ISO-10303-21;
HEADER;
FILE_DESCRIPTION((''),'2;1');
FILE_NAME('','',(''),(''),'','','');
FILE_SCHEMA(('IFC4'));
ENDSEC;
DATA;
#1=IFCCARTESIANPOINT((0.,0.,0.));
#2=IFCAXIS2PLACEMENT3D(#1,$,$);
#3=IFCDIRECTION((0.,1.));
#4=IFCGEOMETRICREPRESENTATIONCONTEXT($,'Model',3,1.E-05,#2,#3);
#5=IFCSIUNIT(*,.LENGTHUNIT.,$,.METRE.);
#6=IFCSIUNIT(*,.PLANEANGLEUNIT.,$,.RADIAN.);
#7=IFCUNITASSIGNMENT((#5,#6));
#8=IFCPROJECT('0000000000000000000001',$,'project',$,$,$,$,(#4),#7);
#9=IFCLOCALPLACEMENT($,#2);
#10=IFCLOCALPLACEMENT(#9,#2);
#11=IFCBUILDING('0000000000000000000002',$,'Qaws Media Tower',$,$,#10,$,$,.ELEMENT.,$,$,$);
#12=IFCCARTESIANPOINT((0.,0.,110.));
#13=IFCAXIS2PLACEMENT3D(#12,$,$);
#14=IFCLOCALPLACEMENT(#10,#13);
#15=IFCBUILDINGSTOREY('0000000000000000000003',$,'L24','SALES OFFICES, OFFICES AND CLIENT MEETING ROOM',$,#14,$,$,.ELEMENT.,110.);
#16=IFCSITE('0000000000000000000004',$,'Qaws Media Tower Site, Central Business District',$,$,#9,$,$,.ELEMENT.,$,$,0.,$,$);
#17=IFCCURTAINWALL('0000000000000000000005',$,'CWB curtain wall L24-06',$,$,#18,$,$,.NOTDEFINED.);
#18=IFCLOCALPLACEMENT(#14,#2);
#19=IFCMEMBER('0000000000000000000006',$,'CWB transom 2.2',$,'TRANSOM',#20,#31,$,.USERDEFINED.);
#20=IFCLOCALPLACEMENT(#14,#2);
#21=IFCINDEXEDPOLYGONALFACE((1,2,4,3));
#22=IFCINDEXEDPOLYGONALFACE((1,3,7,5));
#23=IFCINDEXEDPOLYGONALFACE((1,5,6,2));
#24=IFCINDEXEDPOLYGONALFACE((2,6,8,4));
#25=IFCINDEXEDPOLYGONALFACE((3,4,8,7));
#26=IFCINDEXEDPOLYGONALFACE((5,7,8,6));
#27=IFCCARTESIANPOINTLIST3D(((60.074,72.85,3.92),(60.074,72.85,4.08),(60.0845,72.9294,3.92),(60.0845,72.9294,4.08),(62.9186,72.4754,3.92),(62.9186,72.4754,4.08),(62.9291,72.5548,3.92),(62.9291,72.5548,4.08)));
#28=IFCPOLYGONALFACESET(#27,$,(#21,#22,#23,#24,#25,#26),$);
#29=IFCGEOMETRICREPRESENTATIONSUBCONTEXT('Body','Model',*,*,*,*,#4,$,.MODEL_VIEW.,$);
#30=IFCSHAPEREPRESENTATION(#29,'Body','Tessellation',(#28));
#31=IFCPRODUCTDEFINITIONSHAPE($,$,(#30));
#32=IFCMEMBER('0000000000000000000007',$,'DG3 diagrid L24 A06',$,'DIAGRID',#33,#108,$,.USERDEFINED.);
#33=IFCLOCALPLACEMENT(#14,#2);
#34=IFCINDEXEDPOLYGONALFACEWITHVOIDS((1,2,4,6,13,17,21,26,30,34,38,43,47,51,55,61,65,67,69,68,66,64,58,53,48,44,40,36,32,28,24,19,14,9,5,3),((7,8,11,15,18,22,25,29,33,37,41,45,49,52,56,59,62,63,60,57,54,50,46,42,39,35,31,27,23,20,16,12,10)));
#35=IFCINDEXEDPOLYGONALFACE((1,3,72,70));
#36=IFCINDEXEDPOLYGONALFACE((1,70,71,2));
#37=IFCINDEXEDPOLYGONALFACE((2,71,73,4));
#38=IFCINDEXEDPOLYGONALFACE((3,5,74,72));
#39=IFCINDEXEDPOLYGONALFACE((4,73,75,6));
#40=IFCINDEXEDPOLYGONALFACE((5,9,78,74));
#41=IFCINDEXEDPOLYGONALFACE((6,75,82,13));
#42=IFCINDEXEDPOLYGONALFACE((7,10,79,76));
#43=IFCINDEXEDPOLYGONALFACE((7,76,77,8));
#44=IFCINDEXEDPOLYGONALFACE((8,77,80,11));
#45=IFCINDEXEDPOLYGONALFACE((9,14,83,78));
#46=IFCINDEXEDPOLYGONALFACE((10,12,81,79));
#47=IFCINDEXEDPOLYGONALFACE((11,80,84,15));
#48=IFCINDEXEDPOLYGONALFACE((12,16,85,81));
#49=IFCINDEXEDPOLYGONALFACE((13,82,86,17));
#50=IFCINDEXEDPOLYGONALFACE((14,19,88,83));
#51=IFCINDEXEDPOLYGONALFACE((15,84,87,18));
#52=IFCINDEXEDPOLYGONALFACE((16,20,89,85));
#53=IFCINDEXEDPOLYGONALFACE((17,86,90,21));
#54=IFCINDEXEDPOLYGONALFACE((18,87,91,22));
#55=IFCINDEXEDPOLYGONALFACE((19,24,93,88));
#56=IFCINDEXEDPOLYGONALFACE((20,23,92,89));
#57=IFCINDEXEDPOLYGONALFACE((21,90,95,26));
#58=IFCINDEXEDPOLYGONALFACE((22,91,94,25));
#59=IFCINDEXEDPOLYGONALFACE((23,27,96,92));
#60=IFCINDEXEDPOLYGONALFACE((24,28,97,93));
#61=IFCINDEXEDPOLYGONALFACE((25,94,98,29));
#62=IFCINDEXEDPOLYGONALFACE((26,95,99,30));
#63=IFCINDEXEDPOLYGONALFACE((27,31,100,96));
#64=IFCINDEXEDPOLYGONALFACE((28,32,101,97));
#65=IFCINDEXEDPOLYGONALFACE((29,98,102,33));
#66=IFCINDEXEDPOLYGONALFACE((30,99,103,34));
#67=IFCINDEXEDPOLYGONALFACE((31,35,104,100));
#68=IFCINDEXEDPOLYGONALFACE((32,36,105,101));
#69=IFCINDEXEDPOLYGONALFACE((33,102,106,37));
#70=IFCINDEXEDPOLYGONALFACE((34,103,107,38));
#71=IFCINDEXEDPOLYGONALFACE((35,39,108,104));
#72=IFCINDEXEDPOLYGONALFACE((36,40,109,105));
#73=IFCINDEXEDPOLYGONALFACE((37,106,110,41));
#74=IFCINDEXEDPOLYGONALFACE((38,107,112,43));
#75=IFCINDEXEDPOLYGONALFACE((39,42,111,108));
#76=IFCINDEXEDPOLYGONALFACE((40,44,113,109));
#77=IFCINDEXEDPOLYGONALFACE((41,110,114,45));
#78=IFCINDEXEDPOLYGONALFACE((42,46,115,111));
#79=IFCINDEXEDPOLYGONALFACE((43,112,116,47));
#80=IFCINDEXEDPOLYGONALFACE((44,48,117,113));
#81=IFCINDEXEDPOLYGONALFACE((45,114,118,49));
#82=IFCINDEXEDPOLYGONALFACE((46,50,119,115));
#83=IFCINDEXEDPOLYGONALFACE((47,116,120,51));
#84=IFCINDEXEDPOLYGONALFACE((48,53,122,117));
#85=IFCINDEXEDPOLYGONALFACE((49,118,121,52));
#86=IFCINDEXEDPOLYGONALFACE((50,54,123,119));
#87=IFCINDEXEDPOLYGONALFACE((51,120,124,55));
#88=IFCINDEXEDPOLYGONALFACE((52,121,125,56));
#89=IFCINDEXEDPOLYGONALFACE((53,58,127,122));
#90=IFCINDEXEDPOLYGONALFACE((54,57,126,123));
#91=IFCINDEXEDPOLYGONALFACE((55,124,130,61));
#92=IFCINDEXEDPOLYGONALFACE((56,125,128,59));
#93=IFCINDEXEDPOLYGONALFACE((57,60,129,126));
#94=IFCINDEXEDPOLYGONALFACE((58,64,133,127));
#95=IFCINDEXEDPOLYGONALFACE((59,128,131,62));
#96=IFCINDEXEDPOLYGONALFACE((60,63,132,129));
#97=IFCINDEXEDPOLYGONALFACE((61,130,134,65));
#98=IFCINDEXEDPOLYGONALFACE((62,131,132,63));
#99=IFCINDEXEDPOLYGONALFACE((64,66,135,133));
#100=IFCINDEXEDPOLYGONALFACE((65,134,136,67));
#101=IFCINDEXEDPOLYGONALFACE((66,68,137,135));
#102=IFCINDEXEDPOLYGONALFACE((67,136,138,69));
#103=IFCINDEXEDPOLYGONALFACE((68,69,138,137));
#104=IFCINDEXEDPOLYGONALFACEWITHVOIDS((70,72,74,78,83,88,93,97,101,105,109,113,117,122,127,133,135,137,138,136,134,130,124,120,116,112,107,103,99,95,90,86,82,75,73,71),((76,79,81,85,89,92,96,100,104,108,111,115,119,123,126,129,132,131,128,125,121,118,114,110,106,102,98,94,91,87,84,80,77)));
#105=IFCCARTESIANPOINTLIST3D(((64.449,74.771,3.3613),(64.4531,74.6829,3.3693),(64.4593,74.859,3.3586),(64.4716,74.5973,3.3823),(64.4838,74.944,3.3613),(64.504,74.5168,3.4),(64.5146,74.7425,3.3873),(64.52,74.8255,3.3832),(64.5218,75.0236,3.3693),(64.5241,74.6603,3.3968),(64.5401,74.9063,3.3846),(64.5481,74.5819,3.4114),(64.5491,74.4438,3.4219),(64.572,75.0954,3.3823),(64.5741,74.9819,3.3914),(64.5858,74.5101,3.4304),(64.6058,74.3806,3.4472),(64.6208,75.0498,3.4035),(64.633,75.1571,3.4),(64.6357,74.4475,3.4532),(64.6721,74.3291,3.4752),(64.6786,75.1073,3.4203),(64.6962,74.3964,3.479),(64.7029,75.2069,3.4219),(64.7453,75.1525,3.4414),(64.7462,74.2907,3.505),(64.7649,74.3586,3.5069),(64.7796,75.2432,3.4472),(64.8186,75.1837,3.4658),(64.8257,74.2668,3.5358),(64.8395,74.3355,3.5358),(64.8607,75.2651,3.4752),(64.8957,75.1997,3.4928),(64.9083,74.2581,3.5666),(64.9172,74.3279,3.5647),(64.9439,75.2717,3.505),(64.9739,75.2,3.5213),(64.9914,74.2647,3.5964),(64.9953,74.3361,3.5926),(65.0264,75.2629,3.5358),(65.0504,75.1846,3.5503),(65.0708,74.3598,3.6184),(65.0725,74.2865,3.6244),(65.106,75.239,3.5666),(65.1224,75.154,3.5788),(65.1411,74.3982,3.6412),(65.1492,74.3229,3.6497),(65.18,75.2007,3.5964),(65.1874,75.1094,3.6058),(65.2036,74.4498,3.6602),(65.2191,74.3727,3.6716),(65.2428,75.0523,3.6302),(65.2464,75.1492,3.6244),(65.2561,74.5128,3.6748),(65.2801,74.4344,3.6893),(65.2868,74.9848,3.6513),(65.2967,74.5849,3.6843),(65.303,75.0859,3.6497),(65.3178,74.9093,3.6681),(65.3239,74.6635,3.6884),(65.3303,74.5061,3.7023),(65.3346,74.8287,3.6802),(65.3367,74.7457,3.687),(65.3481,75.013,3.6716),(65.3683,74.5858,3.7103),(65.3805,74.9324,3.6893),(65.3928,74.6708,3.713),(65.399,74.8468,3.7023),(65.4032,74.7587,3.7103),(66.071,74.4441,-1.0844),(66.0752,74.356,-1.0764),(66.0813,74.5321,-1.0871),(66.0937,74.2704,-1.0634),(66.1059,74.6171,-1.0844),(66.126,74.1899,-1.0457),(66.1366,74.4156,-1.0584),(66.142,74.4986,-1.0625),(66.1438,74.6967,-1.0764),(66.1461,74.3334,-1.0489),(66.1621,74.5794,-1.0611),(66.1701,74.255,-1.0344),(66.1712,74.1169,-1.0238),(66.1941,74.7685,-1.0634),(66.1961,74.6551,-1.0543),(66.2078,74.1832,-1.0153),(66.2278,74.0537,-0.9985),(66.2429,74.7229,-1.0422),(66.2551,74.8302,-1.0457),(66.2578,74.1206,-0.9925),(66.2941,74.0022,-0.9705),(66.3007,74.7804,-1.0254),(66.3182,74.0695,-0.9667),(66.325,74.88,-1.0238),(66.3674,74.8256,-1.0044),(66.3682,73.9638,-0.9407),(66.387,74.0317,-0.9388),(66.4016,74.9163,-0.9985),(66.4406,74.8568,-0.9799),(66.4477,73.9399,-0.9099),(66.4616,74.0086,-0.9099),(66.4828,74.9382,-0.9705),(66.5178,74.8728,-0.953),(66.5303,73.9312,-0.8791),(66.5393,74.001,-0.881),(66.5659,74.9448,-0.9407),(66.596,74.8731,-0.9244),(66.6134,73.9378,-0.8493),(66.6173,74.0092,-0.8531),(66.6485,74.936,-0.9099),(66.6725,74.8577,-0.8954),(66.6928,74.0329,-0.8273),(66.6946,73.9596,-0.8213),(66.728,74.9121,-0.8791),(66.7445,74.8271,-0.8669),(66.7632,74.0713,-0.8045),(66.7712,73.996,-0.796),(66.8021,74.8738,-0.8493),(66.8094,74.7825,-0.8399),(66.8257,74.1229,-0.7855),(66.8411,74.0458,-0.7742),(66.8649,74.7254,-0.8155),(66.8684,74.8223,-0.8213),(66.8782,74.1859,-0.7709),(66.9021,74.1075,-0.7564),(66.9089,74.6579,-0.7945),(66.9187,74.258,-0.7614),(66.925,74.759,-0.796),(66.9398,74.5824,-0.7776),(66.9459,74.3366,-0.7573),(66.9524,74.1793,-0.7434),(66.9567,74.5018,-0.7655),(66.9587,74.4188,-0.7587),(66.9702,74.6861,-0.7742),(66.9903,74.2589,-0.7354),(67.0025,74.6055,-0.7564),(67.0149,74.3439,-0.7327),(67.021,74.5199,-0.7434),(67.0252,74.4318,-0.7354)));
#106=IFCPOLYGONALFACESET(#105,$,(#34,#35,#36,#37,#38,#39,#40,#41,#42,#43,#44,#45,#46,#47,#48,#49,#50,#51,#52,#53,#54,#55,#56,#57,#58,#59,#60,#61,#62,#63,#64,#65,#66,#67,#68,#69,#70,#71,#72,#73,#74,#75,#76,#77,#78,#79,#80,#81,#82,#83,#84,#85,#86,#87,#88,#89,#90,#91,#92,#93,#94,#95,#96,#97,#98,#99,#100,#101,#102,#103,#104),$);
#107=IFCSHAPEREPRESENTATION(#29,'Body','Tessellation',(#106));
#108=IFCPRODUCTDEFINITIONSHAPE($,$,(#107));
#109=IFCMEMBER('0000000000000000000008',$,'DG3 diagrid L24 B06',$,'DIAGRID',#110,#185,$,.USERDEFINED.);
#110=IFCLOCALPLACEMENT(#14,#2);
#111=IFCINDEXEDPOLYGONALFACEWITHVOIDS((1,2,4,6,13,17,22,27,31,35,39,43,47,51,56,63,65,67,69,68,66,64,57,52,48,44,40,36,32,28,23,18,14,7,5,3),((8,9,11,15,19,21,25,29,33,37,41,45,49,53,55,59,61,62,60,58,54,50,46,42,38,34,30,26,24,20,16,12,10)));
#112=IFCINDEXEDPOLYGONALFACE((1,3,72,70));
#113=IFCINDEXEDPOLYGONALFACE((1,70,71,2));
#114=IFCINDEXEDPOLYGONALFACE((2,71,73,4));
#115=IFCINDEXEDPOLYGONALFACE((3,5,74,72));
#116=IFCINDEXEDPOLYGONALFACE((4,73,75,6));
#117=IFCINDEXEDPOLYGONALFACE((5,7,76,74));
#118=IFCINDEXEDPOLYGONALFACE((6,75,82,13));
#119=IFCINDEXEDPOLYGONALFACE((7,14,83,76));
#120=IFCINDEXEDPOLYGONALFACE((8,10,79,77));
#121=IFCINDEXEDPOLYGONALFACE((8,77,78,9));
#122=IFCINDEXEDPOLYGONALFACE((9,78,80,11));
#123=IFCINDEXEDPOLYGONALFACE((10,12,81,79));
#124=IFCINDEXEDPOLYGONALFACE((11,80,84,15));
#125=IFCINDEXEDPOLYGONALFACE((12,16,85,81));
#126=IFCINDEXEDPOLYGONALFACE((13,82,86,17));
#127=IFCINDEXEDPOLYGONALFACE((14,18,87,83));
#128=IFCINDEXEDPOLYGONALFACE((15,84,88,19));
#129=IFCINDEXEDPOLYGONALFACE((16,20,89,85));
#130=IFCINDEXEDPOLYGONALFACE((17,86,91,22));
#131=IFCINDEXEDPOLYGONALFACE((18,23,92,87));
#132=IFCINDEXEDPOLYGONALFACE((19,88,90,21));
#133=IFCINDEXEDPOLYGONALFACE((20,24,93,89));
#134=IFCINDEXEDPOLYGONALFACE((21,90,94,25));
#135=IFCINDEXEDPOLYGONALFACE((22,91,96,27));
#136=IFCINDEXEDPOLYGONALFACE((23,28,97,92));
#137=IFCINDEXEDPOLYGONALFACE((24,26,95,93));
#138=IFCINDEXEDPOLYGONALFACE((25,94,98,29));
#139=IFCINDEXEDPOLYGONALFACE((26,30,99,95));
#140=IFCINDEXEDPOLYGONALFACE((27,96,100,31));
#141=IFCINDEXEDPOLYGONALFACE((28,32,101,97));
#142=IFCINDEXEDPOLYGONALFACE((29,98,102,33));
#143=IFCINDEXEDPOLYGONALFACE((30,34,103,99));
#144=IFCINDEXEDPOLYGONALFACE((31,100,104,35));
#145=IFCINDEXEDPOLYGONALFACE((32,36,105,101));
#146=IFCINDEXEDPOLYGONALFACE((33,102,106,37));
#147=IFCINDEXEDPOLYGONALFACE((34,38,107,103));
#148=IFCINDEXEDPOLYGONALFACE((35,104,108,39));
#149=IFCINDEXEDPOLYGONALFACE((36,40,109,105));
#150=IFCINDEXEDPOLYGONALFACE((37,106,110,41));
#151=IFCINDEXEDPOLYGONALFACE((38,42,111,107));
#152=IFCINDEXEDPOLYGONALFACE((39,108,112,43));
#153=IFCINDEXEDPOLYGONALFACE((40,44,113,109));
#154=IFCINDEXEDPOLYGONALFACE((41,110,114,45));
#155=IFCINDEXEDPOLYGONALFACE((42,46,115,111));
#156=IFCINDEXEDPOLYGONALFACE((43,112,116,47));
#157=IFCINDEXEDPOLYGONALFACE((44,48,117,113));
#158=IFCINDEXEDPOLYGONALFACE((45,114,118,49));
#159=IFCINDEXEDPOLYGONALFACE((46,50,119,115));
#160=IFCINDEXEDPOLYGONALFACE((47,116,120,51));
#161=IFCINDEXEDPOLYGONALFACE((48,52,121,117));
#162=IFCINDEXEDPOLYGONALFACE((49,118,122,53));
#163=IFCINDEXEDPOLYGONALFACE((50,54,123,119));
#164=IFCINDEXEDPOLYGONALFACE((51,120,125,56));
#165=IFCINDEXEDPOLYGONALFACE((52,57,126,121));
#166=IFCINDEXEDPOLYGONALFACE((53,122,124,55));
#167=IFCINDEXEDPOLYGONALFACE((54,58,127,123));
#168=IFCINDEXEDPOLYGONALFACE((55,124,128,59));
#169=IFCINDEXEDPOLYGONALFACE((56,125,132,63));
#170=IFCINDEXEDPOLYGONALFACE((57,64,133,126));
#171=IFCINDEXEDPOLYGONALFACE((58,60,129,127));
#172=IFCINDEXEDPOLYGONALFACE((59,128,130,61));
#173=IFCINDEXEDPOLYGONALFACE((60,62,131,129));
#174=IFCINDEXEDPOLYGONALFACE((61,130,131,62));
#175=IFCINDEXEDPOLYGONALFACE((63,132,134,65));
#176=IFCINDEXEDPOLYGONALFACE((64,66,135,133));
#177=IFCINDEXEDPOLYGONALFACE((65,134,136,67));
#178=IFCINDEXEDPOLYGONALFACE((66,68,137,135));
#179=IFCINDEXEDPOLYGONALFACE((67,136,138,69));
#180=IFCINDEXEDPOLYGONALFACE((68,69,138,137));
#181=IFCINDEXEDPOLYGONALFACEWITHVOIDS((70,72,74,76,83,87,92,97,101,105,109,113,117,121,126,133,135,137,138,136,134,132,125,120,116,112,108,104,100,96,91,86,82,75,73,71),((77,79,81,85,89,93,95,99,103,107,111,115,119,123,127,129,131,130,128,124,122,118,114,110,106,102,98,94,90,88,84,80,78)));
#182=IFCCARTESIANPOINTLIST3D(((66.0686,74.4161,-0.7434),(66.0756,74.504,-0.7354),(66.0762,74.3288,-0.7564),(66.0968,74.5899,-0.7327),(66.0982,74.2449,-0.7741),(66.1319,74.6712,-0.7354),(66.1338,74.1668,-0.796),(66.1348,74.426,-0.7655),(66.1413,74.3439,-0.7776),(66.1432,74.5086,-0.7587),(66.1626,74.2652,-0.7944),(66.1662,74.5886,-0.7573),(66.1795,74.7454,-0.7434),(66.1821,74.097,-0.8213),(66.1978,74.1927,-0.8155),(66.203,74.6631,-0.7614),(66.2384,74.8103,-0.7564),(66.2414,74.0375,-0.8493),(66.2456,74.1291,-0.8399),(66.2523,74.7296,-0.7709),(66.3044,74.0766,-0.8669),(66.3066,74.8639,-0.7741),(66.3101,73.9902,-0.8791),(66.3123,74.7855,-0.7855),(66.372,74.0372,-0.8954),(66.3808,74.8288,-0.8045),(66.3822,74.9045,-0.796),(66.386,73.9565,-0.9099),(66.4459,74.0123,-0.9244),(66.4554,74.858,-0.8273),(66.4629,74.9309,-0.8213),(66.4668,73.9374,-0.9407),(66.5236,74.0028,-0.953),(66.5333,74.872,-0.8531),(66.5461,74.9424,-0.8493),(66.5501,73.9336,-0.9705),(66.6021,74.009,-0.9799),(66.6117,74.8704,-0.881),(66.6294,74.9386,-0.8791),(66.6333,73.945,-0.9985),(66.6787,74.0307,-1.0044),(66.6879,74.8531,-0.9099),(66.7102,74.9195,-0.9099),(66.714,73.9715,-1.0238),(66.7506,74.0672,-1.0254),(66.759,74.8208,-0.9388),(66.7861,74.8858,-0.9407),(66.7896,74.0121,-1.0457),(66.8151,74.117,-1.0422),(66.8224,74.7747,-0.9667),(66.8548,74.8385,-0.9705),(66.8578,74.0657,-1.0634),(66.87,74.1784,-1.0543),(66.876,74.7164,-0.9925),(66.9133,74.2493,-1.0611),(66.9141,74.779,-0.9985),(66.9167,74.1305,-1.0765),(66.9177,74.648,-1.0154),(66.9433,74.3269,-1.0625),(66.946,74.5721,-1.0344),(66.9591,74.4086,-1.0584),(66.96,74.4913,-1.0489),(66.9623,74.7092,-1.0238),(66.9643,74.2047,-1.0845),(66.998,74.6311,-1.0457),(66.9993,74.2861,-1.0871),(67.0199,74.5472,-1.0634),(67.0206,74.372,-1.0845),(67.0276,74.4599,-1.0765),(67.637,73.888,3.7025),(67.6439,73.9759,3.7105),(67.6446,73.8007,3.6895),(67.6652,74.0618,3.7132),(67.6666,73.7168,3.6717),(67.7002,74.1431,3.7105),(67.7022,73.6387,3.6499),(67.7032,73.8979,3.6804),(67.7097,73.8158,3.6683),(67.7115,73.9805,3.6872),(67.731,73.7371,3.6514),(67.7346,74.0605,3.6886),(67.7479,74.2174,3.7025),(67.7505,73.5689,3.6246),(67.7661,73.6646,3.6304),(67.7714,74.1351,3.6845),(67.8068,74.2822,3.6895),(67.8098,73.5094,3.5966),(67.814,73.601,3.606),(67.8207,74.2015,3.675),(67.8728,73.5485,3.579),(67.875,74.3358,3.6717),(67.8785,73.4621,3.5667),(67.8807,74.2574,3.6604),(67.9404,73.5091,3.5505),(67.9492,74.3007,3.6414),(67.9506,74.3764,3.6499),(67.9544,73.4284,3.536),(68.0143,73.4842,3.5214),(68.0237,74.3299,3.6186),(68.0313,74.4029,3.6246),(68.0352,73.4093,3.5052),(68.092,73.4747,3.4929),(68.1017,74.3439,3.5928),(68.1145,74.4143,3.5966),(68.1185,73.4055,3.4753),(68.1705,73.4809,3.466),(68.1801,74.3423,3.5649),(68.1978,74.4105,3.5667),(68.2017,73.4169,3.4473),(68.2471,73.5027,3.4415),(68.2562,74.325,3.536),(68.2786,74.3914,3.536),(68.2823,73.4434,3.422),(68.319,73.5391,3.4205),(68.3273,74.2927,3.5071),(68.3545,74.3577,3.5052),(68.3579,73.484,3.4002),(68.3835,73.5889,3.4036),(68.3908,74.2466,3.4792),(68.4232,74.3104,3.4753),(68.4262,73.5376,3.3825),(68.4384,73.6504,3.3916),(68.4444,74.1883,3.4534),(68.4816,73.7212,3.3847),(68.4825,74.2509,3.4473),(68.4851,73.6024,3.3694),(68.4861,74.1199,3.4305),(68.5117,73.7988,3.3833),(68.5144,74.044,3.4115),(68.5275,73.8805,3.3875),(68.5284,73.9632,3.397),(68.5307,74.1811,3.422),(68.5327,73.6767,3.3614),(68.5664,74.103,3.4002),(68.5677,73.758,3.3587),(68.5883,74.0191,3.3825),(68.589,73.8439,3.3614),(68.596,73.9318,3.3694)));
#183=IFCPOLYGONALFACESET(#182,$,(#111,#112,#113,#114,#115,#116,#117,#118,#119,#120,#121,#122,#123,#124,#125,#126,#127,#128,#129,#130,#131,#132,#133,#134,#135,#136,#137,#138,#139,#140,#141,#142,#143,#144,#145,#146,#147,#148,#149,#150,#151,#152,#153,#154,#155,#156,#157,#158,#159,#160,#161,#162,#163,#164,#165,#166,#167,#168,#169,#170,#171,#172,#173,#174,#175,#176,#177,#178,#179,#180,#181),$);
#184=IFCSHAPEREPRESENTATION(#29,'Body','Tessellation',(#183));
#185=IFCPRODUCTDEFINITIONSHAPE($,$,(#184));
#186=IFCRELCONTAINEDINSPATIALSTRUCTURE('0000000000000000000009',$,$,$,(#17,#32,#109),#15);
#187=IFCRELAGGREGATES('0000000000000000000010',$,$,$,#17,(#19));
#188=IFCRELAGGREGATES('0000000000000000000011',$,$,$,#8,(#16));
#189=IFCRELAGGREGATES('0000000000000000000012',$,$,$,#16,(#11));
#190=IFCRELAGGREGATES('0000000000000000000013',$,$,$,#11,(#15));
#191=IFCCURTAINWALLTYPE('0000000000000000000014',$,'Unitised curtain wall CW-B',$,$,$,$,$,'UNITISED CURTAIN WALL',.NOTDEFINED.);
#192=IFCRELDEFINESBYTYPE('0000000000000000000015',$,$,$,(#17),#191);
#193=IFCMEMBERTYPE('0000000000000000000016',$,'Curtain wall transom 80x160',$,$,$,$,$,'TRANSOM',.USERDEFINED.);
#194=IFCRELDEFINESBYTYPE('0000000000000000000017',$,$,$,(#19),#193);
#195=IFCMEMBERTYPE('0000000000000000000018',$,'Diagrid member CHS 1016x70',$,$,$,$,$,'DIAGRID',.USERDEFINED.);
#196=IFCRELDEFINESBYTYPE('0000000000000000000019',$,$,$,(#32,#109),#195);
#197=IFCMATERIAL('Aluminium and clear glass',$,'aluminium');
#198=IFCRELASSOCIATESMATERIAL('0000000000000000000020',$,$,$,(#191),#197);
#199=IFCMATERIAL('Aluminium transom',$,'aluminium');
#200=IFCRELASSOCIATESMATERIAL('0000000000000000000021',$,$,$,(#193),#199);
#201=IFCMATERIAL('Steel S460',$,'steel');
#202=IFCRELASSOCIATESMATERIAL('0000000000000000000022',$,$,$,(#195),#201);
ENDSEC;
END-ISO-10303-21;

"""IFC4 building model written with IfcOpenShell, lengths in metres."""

from ifc_helpers import new_model, si_unit, direction, frame, origin, origin_2d, place, context, subcontext, project, spatial, rectangle, hollow_circle, extrude, material, material_profile, profile_set, type_object, element, aggregate, save


model = new_model("IFC4")

# Units and contexts
model_context = context("Model", 3, precision=1e-05, world=origin(), true_north=direction((0.0, 1.0)))
body_context = subcontext(model_context, "Body", "Model", "MODEL_VIEW")
ifc_project = project(units=[si_unit("LENGTHUNIT", "METRE"), si_unit("PLANEANGLEUNIT", "RADIAN")], contexts=[model_context])

# Site, building, storey
site_placement = place(None, origin())
site = spatial("IfcSite", under=ifc_project, at=site_placement, Name="Qaws Media Tower Site, Central Business District", CompositionType="ELEMENT", RefElevation=0.0)
building_placement = place(site_placement, origin())
building = spatial("IfcBuilding", under=site, at=building_placement, Name="Qaws Media Tower", CompositionType="ELEMENT")
storey_placement = place(building_placement, frame((0.0, 0.0, 110.0)))
storey = spatial("IfcBuildingStorey", under=building, at=storey_placement, Name="L24", Description="SALES OFFICES, OFFICES AND CLIENT MEETING ROOM", CompositionType="ELEMENT", Elevation=110.0)

# Shared definitions
ifc_material_1 = material(Name="Aluminium and clear glass", Category="aluminium")
curtain_wall_type = type_object("IfcCurtainWallType", Name="Unitised curtain wall CW-B", ElementType="UNITISED CURTAIN WALL", PredefinedType="NOTDEFINED", material=ifc_material_1)

# Curtain wall
curtain_wall_1_placement = place(storey_placement, origin())
curtain_wall_1 = element("IfcCurtainWall", 1, at=curtain_wall_1_placement, inside=storey, type_object=curtain_wall_type, Name="CWB curtain wall L24-06", PredefinedType="NOTDEFINED")

# Member
ifc_material_2 = material(Name="Aluminium transom", Category="aluminium")
ifc_material_profile_1 = material_profile(ifc_material_2, rectangle(XDim=0.0801, YDim=0.1599, at=origin_2d()), Name="80x160")
ifc_profile_set_1 = profile_set([ifc_material_profile_1], Name="Aluminium transom")
member_type_1 = type_object("IfcMemberType", Name="Curtain wall transom 80x160", ElementType="TRANSOM", PredefinedType="USERDEFINED", material=ifc_profile_set_1)
member_1_placement = place(storey_placement, frame((62.9238, 72.5151, 4.0), z_axis=(-0.991444, 0.130536, 0.0), x_axis=(-0.130536, -0.991444, 0.0)))
member_1 = element("IfcMember", 2, at=member_1_placement, type_object=member_type_1, Name="CWB transom 2.2", ObjectType="TRANSOM", PredefinedType="USERDEFINED", context=body_context, shape_type="SweptSolid", body=[
    extrude(rectangle(XDim=0.0801, YDim=0.1599, at=origin_2d()), origin(), (0.0, 0.0, 1.0), 2.8691),
])

# Members
ifc_material_3 = material(Name="Steel S460", Category="steel")
ifc_material_profile_2 = material_profile(ifc_material_3, hollow_circle(Radius=0.5081, WallThickness=0.0701, at=origin_2d()), Name="CHS 1016x70")
ifc_profile_set_2 = profile_set([ifc_material_profile_2], Name="Steel S460")
member_type_2 = type_object("IfcMemberType", Name="Diagrid member CHS 1016x70", ElementType="DIAGRID", PredefinedType="USERDEFINED", material=ifc_profile_set_2)
member_2_placement = place(storey_placement, frame((66.5481, 74.438, -0.9099), z_axis=(-0.341939, 0.068913, 0.937192), x_axis=(-0.197563, -0.98029, 0.0)))
element("IfcMember", 3, at=member_2_placement, inside=storey, type_object=member_type_2, Name="DG3 diagrid L24 A06", ObjectType="DIAGRID", PredefinedType="USERDEFINED", context=body_context, shape_type="SweptSolid", body=[
    extrude(hollow_circle(Radius=0.5081, WallThickness=0.0701, at=origin_2d()), origin(), (0.0, 0.0, 1.0), 4.7437),
])
member_3_placement = place(storey_placement, frame((66.5481, 74.438, -0.9099), z_axis=(0.330612, -0.111319, 0.937179), x_axis=(0.319103, 0.94772, 0.0)))
element("IfcMember", 4, at=member_3_placement, inside=storey, type_object=member_type_2, Name="DG3 diagrid L24 B06", ObjectType="DIAGRID", PredefinedType="USERDEFINED", context=body_context, shape_type="SweptSolid", body=[
    extrude(hollow_circle(Radius=0.5081, WallThickness=0.0701, at=origin_2d()), origin(), (0.0, 0.0, 1.0), 4.7439),
])

aggregate(curtain_wall_1, [member_1])

save(model, "model.ifc")
